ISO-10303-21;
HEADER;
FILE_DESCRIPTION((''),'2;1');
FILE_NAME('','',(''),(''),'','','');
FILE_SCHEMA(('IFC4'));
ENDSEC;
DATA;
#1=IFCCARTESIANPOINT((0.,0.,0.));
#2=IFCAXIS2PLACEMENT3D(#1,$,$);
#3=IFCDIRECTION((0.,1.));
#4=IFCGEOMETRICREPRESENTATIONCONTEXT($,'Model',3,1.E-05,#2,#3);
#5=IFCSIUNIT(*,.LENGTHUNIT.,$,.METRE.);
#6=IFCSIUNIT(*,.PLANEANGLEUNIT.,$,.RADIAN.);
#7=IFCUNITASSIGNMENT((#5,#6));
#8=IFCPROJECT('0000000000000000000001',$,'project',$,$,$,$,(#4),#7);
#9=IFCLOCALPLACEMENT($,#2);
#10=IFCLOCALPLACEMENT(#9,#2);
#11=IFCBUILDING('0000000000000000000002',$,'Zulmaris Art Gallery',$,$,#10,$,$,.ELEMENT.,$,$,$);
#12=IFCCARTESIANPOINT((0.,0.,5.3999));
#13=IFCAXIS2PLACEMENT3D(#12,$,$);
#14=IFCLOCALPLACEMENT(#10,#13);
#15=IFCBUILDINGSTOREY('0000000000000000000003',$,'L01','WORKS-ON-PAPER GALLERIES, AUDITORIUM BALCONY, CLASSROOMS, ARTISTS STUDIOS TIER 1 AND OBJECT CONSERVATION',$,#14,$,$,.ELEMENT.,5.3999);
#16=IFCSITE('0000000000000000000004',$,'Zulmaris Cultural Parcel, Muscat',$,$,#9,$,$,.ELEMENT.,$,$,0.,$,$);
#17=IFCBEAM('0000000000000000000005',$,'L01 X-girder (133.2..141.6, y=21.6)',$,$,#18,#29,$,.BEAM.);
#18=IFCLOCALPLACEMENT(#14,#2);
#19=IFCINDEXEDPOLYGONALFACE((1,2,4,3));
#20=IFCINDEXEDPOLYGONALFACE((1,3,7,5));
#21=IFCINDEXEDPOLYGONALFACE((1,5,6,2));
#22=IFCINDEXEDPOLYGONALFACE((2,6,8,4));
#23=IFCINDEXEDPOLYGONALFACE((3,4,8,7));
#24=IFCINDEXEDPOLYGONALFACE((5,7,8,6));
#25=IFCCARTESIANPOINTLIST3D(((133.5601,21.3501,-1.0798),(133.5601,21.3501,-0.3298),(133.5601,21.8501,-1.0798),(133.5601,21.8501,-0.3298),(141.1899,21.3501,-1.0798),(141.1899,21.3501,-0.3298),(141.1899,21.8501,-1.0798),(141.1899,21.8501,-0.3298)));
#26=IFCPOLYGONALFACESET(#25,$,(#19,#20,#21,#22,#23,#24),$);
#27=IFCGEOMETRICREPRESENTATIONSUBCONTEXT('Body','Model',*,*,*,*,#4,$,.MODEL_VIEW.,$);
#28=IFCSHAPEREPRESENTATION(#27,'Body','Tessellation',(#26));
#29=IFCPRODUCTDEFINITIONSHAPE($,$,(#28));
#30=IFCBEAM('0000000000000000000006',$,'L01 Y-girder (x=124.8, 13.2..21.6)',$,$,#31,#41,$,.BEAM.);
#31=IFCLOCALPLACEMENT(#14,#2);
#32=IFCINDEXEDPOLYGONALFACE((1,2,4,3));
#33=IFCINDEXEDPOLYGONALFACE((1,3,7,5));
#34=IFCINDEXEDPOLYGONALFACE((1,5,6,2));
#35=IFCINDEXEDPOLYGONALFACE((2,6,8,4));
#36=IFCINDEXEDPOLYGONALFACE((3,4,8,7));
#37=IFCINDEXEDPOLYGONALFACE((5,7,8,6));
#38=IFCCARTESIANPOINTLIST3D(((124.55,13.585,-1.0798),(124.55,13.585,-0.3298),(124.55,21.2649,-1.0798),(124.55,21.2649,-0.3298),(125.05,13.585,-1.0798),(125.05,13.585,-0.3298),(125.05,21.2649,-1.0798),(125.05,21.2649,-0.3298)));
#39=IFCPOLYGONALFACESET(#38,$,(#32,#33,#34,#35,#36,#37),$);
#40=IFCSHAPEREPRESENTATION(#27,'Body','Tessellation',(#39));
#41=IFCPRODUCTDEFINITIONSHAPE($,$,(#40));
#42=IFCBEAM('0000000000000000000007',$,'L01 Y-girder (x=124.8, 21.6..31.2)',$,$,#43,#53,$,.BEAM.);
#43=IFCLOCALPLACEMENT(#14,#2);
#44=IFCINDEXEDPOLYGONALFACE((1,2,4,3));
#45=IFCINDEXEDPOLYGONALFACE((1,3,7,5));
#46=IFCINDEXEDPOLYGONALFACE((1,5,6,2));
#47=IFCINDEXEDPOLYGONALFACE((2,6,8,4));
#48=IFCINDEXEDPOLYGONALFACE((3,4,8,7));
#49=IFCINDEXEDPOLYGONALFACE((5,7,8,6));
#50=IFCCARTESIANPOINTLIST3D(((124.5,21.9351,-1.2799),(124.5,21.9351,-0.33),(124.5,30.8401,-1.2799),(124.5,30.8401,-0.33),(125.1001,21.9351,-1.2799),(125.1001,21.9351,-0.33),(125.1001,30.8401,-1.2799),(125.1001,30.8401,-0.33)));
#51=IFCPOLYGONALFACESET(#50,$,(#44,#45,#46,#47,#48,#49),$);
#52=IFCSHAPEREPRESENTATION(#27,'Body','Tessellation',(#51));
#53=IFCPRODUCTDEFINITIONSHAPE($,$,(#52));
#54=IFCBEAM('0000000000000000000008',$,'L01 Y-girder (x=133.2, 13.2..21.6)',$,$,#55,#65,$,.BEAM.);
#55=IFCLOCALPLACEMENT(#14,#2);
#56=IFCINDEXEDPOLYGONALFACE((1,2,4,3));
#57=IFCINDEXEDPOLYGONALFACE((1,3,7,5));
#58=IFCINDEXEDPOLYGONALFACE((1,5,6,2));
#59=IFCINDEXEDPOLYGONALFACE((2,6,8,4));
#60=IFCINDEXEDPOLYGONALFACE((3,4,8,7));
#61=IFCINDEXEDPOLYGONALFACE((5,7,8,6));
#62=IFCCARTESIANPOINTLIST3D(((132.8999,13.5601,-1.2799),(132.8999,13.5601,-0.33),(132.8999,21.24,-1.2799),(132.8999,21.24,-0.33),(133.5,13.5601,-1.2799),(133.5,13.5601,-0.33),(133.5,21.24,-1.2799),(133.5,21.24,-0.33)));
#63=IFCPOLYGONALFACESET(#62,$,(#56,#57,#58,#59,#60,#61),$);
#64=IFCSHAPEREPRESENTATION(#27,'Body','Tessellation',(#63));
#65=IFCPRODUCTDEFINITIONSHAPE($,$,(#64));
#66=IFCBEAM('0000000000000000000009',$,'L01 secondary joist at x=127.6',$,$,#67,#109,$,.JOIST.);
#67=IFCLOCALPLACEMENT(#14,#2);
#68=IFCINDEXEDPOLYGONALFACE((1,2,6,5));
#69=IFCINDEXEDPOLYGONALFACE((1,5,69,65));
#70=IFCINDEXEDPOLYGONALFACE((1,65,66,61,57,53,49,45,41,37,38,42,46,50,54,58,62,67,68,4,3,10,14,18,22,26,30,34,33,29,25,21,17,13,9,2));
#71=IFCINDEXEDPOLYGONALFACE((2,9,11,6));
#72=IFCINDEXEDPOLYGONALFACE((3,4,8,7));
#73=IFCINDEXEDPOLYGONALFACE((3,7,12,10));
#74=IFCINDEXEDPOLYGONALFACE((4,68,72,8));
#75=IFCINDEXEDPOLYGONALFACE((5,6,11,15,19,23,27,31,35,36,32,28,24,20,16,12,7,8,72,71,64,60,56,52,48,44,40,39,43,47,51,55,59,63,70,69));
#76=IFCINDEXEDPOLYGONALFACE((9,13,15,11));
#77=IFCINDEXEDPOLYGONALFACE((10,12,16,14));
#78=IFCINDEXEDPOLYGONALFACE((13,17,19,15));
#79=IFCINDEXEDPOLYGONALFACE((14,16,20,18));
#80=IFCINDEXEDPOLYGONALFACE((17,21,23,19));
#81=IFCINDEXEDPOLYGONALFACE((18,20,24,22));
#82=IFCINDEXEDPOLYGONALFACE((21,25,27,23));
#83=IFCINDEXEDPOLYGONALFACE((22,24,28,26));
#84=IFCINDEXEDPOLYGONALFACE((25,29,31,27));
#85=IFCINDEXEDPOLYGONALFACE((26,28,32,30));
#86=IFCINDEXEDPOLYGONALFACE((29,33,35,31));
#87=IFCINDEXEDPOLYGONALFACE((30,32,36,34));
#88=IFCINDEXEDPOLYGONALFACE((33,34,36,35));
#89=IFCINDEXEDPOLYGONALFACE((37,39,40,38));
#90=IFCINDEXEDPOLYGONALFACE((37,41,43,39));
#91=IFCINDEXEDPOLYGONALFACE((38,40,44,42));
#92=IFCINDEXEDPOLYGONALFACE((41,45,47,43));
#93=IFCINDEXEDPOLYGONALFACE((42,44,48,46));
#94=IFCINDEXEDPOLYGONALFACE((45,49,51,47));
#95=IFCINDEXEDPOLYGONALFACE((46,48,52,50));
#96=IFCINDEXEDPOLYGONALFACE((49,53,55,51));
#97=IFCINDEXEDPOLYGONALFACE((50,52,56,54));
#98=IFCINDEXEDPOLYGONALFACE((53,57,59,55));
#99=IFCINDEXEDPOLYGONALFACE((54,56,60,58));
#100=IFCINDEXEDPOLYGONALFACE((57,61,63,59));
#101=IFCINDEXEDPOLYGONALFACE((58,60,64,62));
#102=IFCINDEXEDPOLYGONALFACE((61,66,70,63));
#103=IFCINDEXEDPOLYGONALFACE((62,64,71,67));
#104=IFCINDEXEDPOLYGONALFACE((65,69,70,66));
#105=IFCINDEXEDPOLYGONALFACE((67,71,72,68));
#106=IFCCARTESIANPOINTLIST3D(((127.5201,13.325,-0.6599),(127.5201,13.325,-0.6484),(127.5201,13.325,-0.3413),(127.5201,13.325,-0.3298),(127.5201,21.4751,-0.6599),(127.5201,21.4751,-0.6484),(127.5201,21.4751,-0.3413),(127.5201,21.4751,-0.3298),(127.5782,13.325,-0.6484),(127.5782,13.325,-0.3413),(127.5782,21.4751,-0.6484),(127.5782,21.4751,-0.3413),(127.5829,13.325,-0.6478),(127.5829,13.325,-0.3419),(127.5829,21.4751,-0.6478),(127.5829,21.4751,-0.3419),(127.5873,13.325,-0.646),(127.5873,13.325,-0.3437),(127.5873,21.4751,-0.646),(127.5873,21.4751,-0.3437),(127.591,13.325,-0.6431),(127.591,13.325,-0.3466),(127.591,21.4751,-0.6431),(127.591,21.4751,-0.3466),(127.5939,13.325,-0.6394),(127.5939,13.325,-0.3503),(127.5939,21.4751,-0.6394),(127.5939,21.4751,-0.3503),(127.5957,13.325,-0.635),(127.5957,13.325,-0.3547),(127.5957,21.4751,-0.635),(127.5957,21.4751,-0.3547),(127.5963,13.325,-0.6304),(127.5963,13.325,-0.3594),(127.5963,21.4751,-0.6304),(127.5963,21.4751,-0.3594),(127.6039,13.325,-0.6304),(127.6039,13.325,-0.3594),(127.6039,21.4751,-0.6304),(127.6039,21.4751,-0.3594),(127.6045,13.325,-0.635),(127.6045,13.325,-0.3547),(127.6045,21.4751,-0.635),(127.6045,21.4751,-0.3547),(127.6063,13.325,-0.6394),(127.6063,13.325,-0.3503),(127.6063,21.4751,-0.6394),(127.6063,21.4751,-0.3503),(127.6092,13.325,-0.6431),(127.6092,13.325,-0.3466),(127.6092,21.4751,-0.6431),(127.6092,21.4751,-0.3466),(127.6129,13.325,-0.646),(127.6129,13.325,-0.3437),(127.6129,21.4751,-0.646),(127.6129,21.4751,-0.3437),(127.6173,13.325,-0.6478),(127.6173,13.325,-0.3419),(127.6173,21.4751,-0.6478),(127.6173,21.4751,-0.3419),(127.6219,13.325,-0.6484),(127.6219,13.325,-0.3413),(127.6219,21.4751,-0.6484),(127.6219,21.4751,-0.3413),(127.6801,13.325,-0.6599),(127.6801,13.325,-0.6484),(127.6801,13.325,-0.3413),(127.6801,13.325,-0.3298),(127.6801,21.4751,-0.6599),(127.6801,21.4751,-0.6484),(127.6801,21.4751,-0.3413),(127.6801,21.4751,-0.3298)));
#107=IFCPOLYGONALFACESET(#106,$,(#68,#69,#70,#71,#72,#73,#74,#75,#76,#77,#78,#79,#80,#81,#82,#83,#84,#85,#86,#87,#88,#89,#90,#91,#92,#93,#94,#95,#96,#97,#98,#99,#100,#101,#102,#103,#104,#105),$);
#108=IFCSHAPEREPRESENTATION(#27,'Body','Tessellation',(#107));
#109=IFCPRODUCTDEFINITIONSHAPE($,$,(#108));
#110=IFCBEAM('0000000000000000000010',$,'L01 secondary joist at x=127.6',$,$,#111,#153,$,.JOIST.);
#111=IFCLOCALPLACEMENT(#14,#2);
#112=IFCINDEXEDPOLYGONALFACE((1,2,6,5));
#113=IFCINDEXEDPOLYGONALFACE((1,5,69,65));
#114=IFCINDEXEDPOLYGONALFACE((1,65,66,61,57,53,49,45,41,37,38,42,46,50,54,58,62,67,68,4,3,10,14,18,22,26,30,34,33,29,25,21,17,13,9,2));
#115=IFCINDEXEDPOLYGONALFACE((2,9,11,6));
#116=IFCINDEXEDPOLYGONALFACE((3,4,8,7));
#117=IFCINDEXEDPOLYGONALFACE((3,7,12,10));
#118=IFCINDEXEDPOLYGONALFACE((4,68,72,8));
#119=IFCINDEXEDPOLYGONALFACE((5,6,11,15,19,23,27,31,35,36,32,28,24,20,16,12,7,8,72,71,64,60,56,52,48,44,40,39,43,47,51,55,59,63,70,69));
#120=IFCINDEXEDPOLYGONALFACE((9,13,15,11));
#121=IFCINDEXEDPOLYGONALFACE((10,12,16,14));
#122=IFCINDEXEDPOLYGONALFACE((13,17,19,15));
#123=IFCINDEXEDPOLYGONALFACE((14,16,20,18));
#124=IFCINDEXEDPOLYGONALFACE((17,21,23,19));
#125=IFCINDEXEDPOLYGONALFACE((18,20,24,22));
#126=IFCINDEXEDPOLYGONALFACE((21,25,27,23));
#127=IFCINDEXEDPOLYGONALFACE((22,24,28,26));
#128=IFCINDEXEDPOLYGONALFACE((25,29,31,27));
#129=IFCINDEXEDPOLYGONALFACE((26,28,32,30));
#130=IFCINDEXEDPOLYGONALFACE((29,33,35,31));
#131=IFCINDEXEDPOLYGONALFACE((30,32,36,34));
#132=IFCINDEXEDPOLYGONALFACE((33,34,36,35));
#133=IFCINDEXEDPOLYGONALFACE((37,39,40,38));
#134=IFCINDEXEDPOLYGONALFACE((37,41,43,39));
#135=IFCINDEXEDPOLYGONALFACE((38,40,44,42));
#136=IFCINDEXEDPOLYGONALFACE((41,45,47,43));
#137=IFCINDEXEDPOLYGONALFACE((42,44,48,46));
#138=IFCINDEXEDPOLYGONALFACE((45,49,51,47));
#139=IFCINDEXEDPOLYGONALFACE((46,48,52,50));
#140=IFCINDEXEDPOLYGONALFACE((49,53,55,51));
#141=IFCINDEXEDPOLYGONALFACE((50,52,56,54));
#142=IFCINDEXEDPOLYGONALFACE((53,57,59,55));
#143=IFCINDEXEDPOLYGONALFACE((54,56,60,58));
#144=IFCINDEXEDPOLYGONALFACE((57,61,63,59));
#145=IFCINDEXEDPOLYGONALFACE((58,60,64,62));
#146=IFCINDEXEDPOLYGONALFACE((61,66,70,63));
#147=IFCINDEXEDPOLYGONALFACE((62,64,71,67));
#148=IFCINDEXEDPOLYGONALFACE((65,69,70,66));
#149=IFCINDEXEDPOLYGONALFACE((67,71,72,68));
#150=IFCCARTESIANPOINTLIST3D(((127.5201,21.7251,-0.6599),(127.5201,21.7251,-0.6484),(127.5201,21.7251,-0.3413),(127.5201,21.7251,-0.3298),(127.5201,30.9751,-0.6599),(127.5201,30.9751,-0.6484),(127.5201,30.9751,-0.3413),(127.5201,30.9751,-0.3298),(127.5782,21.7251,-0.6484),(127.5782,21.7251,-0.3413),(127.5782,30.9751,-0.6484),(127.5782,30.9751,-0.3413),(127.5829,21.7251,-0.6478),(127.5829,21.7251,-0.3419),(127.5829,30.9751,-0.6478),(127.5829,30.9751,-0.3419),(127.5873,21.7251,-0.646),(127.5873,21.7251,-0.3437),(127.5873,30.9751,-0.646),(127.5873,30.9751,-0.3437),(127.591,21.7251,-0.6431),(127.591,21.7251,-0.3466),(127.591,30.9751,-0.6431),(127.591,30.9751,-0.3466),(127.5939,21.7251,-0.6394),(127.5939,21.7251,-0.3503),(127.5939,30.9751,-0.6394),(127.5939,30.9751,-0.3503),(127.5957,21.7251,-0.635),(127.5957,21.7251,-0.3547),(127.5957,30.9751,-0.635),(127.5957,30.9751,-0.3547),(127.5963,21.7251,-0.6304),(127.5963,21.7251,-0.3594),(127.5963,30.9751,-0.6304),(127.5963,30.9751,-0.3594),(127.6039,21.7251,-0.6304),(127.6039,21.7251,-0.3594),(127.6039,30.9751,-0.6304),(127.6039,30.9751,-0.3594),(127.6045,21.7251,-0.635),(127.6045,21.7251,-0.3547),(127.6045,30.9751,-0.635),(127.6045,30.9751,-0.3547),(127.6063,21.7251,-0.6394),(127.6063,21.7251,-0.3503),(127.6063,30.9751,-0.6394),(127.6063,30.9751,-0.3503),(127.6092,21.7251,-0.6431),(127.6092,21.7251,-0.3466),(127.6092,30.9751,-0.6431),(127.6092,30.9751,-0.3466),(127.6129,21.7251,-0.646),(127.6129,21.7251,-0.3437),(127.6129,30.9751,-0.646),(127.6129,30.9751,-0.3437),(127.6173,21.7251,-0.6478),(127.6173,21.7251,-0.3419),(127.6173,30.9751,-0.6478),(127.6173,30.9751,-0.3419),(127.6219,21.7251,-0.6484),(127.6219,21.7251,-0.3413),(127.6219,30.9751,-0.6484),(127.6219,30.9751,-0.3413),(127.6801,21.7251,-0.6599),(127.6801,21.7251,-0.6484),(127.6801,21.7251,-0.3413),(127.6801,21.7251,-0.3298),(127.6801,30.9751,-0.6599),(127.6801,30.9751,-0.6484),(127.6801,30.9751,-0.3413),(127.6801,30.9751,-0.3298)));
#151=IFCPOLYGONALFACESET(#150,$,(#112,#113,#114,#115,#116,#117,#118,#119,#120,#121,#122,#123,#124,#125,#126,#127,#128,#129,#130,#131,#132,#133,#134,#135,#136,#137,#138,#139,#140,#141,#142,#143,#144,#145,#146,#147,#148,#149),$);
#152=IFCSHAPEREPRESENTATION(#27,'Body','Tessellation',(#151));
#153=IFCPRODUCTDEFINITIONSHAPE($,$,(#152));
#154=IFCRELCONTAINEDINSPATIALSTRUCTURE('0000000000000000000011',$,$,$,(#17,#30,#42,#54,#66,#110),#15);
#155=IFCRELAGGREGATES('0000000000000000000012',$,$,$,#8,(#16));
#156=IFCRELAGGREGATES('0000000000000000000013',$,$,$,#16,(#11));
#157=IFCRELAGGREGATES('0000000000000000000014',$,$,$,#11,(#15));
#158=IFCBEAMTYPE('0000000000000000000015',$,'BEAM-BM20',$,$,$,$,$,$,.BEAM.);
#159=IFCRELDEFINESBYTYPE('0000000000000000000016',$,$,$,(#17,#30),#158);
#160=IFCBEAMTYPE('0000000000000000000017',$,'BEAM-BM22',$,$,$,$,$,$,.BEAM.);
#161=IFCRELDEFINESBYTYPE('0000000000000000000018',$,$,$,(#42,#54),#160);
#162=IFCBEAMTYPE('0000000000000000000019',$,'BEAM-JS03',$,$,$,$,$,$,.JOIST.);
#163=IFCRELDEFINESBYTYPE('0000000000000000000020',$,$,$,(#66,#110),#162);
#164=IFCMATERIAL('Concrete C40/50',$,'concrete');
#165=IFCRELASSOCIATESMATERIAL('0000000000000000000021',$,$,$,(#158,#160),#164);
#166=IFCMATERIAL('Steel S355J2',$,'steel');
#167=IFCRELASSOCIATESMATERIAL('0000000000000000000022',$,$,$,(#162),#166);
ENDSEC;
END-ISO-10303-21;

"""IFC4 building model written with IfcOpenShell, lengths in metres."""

from ifc_helpers import new_model, si_unit, direction, frame, origin, origin_2d, place, context, subcontext, project, spatial, rectangle, i_section, extrude, material, material_profile, profile_set, type_object, element, save


model = new_model("IFC4")

# Units and contexts
model_context = context("Model", 3, precision=1e-05, world=origin(), true_north=direction((0.0, 1.0)))
body_context = subcontext(model_context, "Body", "Model", "MODEL_VIEW")
ifc_project = project(units=[si_unit("LENGTHUNIT", "METRE"), si_unit("PLANEANGLEUNIT", "RADIAN")], contexts=[model_context])

# Site, building, storey
site_placement = place(None, origin())
site = spatial("IfcSite", under=ifc_project, at=site_placement, Name="Zulmaris Cultural Parcel, Muscat", CompositionType="ELEMENT", RefElevation=0.0)
building_placement = place(site_placement, origin())
building = spatial("IfcBuilding", under=site, at=building_placement, Name="Zulmaris Art Gallery", CompositionType="ELEMENT")
storey_placement = place(building_placement, frame((0.0, 0.0, 5.3999)))
storey = spatial("IfcBuildingStorey", under=building, at=storey_placement, Name="L01", Description="WORKS-ON-PAPER GALLERIES, AUDITORIUM BALCONY, CLASSROOMS, ARTISTS STUDIOS TIER 1 AND OBJECT CONSERVATION", CompositionType="ELEMENT", Elevation=5.3999)

# Shared definitions
ifc_material_1 = material(Name="Concrete C40/50", Category="concrete")

# Beams
ifc_material_2 = material(Name="Steel S355J2", Category="steel")
ifc_material_profile_1 = material_profile(ifc_material_1, rectangle(XDim=0.5, YDim=0.75, at=origin_2d()), Name="RC 500x750")
ifc_profile_set_1 = profile_set([ifc_material_profile_1], Name="Concrete C40/50")
beam_type_1 = type_object("IfcBeamType", Name="BEAM-BM20", PredefinedType="BEAM", material=ifc_profile_set_1)
beam_1_placement = place(storey_placement, frame((133.5601, 21.6001, -0.7048), z_axis=(1.0, 0.0, 0.0), x_axis=(0.0, 1.0, 0.0)))
element("IfcBeam", 1, at=beam_1_placement, inside=storey, type_object=beam_type_1, Name="L01 X-girder (133.2..141.6, y=21.6)", PredefinedType="BEAM", context=body_context, shape_type="SweptSolid", body=[
    extrude(rectangle(XDim=0.5, YDim=0.75, at=origin_2d()), origin(), (0.0, 0.0, 1.0), 7.6299),
])
beam_2_placement = place(storey_placement, frame((124.8, 13.585, -0.7048), z_axis=(0.0, 1.0, 0.0), x_axis=(-1.0, 0.0, 0.0)))
element("IfcBeam", 2, at=beam_2_placement, inside=storey, type_object=beam_type_1, Name="L01 Y-girder (x=124.8, 13.2..21.6)", PredefinedType="BEAM", context=body_context, shape_type="SweptSolid", body=[
    extrude(rectangle(XDim=0.5, YDim=0.75, at=origin_2d()), origin(), (0.0, 0.0, 1.0), 7.6799),
])
ifc_material_profile_2 = material_profile(ifc_material_1, rectangle(XDim=0.6001, YDim=0.95, at=origin_2d()), Name="RC 600x950")
ifc_profile_set_2 = profile_set([ifc_material_profile_2], Name="Concrete C40/50")
beam_type_2 = type_object("IfcBeamType", Name="BEAM-BM22", PredefinedType="BEAM", material=ifc_profile_set_2)
beam_3_placement = place(storey_placement, frame((124.8, 21.9351, -0.8049), z_axis=(0.0, 1.0, 0.0), x_axis=(-1.0, 0.0, 0.0)))
element("IfcBeam", 3, at=beam_3_placement, inside=storey, type_object=beam_type_2, Name="L01 Y-girder (x=124.8, 21.6..31.2)", PredefinedType="BEAM", context=body_context, shape_type="SweptSolid", body=[
    extrude(rectangle(XDim=0.6001, YDim=0.95, at=origin_2d()), origin(), (0.0, 0.0, 1.0), 8.905),
])
beam_4_placement = place(storey_placement, frame((133.2, 13.5601, -0.8049), z_axis=(0.0, 1.0, 0.0), x_axis=(-1.0, 0.0, 0.0)))
element("IfcBeam", 4, at=beam_4_placement, inside=storey, type_object=beam_type_2, Name="L01 Y-girder (x=133.2, 13.2..21.6)", PredefinedType="BEAM", context=body_context, shape_type="SweptSolid", body=[
    extrude(rectangle(XDim=0.6001, YDim=0.95, at=origin_2d()), origin(), (0.0, 0.0, 1.0), 7.6799),
])
ifc_material_profile_3 = material_profile(ifc_material_2, i_section(OverallWidth=0.1599, OverallDepth=0.3301, WebThickness=0.0076, FlangeThickness=0.0115, FilletRadius=0.0181, at=origin_2d()), Name="IPE 330")
ifc_profile_set_3 = profile_set([ifc_material_profile_3], Name="Steel S355J2")
beam_type_3 = type_object("IfcBeamType", Name="BEAM-JS03", PredefinedType="JOIST", material=ifc_profile_set_3)
beam_5_placement = place(storey_placement, frame((127.6001, 13.325, -0.4949), z_axis=(0.0, 1.0, 0.0), x_axis=(-1.0, 0.0, 0.0)))
element("IfcBeam", 5, at=beam_5_placement, inside=storey, type_object=beam_type_3, Name="L01 secondary joist at x=127.6", PredefinedType="JOIST", context=body_context, shape_type="SweptSolid", body=[
    extrude(i_section(OverallWidth=0.1599, OverallDepth=0.3301, WebThickness=0.0076, FlangeThickness=0.0115, FilletRadius=0.0181, at=origin_2d()), origin(), (0.0, 0.0, 1.0), 8.1501),
])
beam_6_placement = place(storey_placement, frame((127.6001, 21.7251, -0.4949), z_axis=(0.0, 1.0, 0.0), x_axis=(-1.0, 0.0, 0.0)))
element("IfcBeam", 6, at=beam_6_placement, inside=storey, type_object=beam_type_3, Name="L01 secondary joist at x=127.6", PredefinedType="JOIST", context=body_context, shape_type="SweptSolid", body=[
    extrude(i_section(OverallWidth=0.1599, OverallDepth=0.3301, WebThickness=0.0076, FlangeThickness=0.0115, FilletRadius=0.0181, at=origin_2d()), origin(), (0.0, 0.0, 1.0), 9.25),
])

save(model, "model.ifc")
